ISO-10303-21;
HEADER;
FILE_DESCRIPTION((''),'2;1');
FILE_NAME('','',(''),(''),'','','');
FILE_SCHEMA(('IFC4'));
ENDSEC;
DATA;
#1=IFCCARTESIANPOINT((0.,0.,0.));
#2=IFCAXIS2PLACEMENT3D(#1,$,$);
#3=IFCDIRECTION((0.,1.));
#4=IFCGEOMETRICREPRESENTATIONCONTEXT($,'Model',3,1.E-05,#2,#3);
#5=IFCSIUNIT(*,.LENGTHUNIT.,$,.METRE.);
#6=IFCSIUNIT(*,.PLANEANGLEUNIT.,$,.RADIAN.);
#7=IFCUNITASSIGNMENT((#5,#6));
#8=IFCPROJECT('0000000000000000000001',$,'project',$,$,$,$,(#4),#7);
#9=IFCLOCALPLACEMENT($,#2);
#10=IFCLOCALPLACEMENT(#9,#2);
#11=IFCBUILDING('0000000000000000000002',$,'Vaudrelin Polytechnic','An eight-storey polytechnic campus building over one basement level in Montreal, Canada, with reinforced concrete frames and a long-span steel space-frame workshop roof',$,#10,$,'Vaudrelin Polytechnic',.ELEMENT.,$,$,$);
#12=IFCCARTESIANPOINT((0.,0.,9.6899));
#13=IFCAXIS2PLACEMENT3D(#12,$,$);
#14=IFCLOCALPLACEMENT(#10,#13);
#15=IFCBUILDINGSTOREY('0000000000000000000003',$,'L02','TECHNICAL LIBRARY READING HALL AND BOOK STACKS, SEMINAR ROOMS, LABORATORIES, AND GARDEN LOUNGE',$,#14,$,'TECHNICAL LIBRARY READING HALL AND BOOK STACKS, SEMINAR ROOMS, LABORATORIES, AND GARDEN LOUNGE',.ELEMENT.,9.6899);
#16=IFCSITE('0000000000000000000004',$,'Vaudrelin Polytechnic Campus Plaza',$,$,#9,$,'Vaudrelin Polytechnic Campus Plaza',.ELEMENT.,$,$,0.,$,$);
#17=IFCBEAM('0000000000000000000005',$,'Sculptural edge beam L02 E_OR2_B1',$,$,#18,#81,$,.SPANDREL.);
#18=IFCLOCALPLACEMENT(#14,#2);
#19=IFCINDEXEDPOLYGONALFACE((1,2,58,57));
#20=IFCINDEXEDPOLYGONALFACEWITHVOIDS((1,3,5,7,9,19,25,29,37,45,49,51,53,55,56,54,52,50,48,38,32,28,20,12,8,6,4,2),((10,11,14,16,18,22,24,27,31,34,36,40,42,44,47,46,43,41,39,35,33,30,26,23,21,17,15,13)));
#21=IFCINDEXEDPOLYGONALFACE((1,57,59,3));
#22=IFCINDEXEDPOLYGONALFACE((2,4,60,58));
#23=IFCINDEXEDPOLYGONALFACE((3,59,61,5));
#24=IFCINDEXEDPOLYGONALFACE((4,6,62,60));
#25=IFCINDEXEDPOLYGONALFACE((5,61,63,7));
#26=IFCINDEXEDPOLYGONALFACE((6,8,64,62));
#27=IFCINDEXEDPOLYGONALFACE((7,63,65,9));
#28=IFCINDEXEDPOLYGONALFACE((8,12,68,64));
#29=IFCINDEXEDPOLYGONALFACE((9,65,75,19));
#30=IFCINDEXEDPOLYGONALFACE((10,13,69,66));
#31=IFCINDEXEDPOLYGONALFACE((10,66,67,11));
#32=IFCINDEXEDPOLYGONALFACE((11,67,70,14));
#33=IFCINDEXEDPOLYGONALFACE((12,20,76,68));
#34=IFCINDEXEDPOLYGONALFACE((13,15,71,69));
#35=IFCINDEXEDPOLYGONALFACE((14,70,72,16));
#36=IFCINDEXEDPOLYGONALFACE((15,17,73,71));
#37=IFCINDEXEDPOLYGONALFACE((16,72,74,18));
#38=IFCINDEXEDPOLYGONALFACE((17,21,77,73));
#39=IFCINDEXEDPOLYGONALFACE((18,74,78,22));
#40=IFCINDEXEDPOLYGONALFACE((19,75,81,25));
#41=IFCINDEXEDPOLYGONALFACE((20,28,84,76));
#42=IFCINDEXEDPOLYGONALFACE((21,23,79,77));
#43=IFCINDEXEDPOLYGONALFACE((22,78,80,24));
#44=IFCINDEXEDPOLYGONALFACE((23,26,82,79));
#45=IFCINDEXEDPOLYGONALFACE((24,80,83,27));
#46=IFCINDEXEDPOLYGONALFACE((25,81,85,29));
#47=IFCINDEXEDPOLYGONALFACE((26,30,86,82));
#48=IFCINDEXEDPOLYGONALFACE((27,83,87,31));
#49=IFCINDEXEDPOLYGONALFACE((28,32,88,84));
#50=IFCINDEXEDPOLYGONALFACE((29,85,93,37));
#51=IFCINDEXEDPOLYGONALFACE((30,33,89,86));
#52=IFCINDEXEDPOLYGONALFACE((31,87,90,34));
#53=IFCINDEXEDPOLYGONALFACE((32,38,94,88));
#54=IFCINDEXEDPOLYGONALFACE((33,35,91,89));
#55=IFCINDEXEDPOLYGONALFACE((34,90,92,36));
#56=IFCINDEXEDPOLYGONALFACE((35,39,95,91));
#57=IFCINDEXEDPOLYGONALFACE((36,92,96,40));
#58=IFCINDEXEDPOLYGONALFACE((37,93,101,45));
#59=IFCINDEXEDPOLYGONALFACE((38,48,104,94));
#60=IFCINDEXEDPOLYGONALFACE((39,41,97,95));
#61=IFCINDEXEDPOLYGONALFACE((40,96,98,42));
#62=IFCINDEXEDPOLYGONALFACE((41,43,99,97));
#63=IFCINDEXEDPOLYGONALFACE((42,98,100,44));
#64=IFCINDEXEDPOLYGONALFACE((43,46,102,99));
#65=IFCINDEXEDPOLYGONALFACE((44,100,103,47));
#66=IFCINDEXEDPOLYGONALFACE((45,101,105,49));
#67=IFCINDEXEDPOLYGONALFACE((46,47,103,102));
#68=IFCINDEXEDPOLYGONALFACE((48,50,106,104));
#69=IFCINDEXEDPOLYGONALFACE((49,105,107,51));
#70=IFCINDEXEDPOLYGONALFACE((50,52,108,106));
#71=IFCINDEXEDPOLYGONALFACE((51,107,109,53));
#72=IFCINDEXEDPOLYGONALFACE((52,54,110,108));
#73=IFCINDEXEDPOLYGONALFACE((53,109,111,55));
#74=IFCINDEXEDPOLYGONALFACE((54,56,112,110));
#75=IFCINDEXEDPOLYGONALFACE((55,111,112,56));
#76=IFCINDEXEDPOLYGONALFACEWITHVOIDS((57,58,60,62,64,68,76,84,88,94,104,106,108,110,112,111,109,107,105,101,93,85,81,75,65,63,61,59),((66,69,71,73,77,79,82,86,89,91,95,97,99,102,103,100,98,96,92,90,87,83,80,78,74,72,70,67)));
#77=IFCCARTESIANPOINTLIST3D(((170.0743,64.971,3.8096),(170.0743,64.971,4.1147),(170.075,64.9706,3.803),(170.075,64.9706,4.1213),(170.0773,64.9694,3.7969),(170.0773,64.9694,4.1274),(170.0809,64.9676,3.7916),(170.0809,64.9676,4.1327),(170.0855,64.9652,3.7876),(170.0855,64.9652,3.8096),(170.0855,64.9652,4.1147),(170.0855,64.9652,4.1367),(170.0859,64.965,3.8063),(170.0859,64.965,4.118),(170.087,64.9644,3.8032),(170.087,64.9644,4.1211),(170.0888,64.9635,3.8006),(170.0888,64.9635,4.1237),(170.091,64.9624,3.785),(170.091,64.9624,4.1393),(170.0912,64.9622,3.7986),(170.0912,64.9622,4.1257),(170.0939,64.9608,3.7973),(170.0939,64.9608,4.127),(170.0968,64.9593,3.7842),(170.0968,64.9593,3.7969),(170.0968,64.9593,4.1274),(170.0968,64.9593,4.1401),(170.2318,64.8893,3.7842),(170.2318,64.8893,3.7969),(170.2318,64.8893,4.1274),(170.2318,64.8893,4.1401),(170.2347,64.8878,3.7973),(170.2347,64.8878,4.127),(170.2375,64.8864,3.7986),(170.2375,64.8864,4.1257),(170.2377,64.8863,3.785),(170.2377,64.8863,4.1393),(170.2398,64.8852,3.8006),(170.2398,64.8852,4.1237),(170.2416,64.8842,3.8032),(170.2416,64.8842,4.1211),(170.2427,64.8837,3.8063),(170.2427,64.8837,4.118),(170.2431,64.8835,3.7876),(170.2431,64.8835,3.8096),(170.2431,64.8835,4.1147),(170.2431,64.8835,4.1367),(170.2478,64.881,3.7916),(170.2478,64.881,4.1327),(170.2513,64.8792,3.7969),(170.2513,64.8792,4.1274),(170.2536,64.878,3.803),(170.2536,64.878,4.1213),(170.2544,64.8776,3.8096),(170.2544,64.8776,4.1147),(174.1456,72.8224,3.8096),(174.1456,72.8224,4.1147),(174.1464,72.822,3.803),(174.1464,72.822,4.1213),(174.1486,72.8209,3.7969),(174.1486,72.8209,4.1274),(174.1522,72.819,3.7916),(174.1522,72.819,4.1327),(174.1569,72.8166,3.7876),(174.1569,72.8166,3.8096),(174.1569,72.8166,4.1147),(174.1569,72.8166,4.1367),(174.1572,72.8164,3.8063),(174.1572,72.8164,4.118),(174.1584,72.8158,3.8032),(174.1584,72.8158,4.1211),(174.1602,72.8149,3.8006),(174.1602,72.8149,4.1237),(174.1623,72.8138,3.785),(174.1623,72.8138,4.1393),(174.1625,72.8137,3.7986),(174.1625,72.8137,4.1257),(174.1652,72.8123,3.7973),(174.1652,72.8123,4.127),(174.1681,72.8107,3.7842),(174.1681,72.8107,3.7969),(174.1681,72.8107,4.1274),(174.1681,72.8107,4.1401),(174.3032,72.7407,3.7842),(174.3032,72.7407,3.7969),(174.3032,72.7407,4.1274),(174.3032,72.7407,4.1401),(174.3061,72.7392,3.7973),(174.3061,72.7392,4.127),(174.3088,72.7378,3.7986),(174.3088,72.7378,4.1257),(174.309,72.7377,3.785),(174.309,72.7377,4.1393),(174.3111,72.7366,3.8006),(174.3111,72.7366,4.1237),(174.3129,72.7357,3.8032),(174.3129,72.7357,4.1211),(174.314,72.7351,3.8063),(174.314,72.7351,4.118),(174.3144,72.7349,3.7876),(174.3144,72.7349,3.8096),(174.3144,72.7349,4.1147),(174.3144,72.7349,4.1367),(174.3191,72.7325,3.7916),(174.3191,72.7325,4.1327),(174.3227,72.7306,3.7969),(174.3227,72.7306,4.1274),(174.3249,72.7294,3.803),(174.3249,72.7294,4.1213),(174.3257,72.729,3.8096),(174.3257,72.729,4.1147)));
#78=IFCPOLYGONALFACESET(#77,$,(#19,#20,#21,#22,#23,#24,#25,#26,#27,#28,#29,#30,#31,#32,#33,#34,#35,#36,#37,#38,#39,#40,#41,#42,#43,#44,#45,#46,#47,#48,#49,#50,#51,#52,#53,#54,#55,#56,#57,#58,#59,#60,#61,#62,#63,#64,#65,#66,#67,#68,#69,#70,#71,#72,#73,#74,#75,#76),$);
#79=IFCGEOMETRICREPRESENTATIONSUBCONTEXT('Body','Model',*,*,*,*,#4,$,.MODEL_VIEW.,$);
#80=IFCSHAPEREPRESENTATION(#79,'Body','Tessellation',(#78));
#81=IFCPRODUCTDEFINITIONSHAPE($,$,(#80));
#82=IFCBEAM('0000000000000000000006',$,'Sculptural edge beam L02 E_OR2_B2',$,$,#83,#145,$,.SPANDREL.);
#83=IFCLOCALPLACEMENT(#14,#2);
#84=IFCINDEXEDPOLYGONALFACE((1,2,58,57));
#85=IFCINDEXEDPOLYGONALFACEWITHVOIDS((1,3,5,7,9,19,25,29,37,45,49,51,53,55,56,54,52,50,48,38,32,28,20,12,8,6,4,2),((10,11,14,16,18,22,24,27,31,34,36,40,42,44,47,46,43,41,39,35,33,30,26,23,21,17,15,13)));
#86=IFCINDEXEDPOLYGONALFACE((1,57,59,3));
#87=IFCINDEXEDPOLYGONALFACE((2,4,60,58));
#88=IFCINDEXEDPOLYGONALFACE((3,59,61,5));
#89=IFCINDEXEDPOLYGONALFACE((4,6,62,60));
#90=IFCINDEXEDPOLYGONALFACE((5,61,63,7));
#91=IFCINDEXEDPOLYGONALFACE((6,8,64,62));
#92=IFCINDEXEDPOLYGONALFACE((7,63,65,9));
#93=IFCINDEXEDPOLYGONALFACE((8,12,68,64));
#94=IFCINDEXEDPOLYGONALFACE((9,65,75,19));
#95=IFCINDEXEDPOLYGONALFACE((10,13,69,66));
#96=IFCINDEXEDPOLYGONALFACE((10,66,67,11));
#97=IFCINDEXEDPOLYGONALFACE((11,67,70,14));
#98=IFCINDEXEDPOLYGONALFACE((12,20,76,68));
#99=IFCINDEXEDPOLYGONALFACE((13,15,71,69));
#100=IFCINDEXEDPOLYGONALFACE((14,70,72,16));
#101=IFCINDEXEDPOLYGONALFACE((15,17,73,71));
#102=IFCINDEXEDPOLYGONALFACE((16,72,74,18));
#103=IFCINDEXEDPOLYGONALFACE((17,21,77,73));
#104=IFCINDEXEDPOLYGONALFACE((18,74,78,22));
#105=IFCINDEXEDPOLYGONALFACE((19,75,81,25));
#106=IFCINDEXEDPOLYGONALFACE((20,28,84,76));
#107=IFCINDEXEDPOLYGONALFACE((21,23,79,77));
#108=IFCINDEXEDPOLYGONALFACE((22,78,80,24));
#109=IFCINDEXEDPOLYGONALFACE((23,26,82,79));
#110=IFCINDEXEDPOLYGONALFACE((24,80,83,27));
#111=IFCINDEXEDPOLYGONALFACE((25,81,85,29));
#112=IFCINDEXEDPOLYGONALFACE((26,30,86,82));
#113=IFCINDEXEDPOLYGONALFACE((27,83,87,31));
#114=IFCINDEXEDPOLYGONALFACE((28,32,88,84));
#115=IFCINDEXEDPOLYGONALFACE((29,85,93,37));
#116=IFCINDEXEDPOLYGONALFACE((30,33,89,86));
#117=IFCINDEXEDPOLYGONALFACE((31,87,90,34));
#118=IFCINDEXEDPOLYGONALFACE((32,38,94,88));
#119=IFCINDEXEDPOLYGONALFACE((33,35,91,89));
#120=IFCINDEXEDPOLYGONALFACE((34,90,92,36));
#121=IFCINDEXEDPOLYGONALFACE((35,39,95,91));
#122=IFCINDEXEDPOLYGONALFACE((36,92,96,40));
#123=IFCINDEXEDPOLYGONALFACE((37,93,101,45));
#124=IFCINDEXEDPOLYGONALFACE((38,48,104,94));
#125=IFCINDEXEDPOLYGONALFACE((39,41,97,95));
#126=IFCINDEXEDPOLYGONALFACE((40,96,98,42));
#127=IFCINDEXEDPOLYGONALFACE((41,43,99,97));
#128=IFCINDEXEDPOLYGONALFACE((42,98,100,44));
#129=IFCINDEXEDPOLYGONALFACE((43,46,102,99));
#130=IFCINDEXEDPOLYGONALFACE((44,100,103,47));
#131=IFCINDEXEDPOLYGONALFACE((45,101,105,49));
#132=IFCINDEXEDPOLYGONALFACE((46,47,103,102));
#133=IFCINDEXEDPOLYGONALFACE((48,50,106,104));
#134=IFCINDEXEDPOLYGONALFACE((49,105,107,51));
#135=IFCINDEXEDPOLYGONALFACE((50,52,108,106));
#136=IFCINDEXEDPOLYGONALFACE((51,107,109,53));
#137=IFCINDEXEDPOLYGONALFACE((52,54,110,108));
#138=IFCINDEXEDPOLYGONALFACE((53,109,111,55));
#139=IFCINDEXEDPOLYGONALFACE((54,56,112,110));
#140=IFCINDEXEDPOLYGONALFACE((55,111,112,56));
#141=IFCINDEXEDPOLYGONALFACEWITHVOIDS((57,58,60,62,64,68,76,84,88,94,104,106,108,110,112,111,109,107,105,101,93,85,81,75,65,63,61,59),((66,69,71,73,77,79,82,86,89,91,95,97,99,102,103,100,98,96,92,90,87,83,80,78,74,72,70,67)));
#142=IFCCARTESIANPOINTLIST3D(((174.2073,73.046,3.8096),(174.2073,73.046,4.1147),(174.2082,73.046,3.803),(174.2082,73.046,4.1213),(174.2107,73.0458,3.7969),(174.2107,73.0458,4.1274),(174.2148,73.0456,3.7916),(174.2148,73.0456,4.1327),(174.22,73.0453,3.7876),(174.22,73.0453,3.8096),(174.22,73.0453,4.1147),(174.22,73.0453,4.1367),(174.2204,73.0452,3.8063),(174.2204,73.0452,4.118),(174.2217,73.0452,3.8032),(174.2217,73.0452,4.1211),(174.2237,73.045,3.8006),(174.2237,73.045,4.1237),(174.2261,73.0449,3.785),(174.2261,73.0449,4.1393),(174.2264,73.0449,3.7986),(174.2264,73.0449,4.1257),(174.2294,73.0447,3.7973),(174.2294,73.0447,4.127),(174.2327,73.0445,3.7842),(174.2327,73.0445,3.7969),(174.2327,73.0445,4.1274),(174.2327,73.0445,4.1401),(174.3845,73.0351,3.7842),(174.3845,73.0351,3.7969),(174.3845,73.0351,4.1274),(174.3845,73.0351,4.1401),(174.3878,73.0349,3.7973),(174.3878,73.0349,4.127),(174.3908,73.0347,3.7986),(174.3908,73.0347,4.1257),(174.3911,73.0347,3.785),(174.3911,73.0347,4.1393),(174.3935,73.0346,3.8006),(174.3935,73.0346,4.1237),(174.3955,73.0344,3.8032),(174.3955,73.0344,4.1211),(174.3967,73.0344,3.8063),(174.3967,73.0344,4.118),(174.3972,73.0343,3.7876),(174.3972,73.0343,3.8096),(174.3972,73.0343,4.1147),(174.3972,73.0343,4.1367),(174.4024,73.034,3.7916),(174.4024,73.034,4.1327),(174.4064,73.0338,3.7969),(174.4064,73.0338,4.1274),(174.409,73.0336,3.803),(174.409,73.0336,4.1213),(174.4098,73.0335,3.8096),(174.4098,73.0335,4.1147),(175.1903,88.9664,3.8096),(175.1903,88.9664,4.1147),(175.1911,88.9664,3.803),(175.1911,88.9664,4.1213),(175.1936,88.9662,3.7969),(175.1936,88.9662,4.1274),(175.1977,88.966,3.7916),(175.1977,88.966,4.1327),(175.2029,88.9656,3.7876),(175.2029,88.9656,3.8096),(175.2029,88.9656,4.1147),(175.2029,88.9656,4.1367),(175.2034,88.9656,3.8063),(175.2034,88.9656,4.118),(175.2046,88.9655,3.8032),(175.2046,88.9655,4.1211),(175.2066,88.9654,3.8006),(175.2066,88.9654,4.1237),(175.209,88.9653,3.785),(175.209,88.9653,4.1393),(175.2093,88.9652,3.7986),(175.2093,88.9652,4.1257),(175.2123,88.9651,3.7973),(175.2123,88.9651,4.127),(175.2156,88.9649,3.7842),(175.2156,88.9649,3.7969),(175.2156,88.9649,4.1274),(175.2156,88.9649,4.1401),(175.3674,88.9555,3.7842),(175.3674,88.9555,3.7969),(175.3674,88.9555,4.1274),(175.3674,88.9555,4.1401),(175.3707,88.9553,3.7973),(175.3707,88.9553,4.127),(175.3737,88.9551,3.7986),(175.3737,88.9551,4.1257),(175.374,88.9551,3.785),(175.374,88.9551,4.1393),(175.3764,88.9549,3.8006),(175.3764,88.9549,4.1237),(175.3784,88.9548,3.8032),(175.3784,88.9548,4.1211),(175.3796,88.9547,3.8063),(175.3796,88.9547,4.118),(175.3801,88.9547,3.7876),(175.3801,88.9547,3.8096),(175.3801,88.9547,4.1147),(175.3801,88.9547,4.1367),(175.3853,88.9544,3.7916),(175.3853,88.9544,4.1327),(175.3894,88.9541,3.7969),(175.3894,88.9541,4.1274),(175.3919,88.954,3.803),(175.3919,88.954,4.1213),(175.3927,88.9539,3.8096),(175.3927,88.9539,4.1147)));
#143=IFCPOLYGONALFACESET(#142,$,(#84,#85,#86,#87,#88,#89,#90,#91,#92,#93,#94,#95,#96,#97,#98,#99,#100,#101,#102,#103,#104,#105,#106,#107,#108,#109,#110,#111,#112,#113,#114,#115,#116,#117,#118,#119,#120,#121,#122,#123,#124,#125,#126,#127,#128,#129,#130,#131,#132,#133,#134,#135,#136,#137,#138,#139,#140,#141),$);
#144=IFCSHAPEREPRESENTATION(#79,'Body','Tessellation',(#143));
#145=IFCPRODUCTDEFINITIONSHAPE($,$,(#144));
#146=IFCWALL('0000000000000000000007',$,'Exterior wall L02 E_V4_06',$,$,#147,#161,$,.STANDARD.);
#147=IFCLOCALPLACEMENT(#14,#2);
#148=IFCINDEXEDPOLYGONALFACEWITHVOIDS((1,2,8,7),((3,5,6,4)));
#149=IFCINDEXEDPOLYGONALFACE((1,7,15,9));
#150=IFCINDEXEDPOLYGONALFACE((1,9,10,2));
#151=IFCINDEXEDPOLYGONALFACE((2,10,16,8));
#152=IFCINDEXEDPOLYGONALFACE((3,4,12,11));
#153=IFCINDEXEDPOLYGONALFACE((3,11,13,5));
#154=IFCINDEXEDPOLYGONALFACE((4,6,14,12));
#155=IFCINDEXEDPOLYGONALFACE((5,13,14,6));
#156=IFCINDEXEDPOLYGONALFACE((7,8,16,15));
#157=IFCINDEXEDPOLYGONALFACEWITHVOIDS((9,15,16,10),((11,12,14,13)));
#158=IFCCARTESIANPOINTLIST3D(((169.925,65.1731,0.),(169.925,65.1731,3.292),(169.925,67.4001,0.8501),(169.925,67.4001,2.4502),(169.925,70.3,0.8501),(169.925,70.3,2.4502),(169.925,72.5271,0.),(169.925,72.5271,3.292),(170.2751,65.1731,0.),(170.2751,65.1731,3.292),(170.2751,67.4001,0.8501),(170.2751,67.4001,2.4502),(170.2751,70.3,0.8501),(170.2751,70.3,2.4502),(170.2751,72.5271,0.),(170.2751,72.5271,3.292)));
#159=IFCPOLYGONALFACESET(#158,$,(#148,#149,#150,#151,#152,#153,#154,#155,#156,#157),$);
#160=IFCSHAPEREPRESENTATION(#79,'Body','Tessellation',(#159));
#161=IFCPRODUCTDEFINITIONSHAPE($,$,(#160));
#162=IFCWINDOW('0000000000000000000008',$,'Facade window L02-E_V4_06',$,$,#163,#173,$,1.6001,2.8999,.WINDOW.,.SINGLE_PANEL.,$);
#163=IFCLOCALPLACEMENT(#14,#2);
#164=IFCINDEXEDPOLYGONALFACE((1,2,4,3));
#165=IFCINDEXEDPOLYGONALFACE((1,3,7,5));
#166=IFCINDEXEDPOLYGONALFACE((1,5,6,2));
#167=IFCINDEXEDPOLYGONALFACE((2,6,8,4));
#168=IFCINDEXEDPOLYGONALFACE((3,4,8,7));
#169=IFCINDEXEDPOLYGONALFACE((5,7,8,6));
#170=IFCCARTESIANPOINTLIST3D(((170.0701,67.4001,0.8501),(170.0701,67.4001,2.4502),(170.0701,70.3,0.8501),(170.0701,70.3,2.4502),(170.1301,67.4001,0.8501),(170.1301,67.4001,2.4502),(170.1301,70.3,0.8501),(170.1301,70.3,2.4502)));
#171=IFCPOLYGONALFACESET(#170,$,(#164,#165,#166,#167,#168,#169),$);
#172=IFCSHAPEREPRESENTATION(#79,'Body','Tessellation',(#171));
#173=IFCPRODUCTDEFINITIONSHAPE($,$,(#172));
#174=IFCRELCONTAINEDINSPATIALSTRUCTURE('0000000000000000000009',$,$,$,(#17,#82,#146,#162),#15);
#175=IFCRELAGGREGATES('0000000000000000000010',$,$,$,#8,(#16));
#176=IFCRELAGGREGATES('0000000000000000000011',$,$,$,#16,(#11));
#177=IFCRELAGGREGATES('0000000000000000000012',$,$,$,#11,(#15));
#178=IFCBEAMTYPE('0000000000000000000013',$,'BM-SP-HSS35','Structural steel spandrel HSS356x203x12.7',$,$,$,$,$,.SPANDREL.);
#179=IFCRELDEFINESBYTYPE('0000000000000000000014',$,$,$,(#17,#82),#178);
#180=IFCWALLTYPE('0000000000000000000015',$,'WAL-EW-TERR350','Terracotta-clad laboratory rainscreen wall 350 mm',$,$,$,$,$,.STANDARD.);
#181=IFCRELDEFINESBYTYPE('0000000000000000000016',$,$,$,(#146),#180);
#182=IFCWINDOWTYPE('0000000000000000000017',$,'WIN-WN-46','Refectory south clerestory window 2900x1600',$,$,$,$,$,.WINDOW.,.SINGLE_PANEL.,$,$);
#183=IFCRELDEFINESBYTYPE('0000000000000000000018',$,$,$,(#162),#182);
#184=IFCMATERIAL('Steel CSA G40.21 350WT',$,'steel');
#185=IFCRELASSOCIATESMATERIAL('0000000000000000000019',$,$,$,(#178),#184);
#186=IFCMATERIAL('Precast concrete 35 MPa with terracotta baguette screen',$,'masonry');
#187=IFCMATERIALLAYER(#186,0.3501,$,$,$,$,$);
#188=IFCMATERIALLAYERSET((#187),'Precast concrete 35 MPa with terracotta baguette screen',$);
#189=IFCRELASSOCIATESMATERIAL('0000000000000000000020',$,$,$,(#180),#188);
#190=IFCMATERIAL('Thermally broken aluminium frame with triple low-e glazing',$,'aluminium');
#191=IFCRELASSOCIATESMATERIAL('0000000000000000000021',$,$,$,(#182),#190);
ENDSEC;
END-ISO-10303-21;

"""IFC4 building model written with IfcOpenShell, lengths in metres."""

from ifc_helpers import new_model, si_unit, direction, frame, frame_2d, origin, origin_2d, place, context, subcontext, project, spatial, rectangle, hollow_rectangle, extrude, material, layer, layer_set, material_profile, profile_set, type_object, element, fill, save


model = new_model("IFC4")

# Units and contexts
model_context = context("Model", 3, precision=1e-05, world=origin(), true_north=direction((0.0, 1.0)))
body_context = subcontext(model_context, "Body", "Model", "MODEL_VIEW")
ifc_project = project(units=[si_unit("LENGTHUNIT", "METRE"), si_unit("PLANEANGLEUNIT", "RADIAN")], contexts=[model_context])

# Site, building, storey
site_placement = place(None, origin())
site = spatial("IfcSite", under=ifc_project, at=site_placement, Name="Vaudrelin Polytechnic Campus Plaza", LongName="Vaudrelin Polytechnic Campus Plaza", CompositionType="ELEMENT", RefElevation=0.0)
building_placement = place(site_placement, origin())
building = spatial("IfcBuilding", under=site, at=building_placement, Name="Vaudrelin Polytechnic", Description="An eight-storey polytechnic campus building over one basement level in Montreal, Canada, with reinforced concrete frames and a long-span steel space-frame workshop roof", LongName="Vaudrelin Polytechnic", CompositionType="ELEMENT")
storey_placement = place(building_placement, frame((0.0, 0.0, 9.6899)))
storey = spatial("IfcBuildingStorey", under=building, at=storey_placement, Name="L02", Description="TECHNICAL LIBRARY READING HALL AND BOOK STACKS, SEMINAR ROOMS, LABORATORIES, AND GARDEN LOUNGE", LongName="TECHNICAL LIBRARY READING HALL AND BOOK STACKS, SEMINAR ROOMS, LABORATORIES, AND GARDEN LOUNGE", CompositionType="ELEMENT", Elevation=9.6899)

# Shared definitions
ifc_material_1 = material(Name="Steel CSA G40.21 350WT", Category="steel")

# Beams
ifc_material_profile_1 = material_profile(ifc_material_1, hollow_rectangle(XDim=0.2029, YDim=0.356, WallThickness=0.0127, InnerFilletRadius=0.0127, OuterFilletRadius=0.0254, at=origin_2d()), Name="HSS356x203x12.7")
ifc_profile_set_1 = profile_set([ifc_material_profile_1], Name="Steel CSA G40.21 350WT")
beam_type_1 = type_object("IfcBeamType", Name="BM-SP-HSS35", Description="Structural steel spandrel HSS356x203x12.7", PredefinedType="SPANDREL", material=ifc_profile_set_1)
beam_1_placement = place(storey_placement, frame((170.1643, 64.9243, 3.9622), z_axis=(0.460338, 0.887744, 0.0), x_axis=(-0.887744, 0.460338, 0.0)))
element("IfcBeam", 1, at=beam_1_placement, inside=storey, type_object=beam_type_1, Name="Sculptural edge beam L02 E_OR2_B1", PredefinedType="SPANDREL", context=body_context, shape_type="SweptSolid", body=[
    extrude(hollow_rectangle(XDim=0.2029, YDim=0.356, WallThickness=0.0127, InnerFilletRadius=0.0127, OuterFilletRadius=0.0254, at=origin_2d()), origin(), (0.0, 0.0, 1.0), 8.8442),
])
beam_2_placement = place(storey_placement, frame((174.3086, 73.0398, 3.9622), z_axis=(0.061622, 0.9981, 0.0), x_axis=(-0.9981, 0.061622, 0.0)))
element("IfcBeam", 2, at=beam_2_placement, inside=storey, type_object=beam_type_1, Name="Sculptural edge beam L02 E_OR2_B2", PredefinedType="SPANDREL", context=body_context, shape_type="SweptSolid", body=[
    extrude(hollow_rectangle(XDim=0.2029, YDim=0.356, WallThickness=0.0127, InnerFilletRadius=0.0127, OuterFilletRadius=0.0254, at=origin_2d()), origin(), (0.0, 0.0, 1.0), 15.9507),
])

# Wall, opening, window
ifc_material_2 = material(Name="Precast concrete 35 MPa with terracotta baguette screen", Category="masonry")
ifc_layer_1 = layer(ifc_material_2, 0.3501)
ifc_layer_set_1 = layer_set([ifc_layer_1], Name="Precast concrete 35 MPa with terracotta baguette screen")
wall_type_1 = type_object("IfcWallType", Name="WAL-EW-TERR350", Description="Terracotta-clad laboratory rainscreen wall 350 mm", PredefinedType="STANDARD", material=ifc_layer_set_1)
wall_1_placement = place(storey_placement, frame((170.1001, 65.1731, 0.0), z_axis=(0.0, 0.0, 1.0), x_axis=(0.0, 1.0, 0.0)))
wall_1 = element("IfcWall", 3, at=wall_1_placement, inside=storey, type_object=wall_type_1, Name="Exterior wall L02 E_V4_06", PredefinedType="STANDARD", context=body_context, shape_type="SweptSolid", body=[
    extrude(rectangle(XDim=7.354, YDim=0.3501, at=frame_2d((3.677, 0.0))), origin(), (0.0, 0.0, 1.0), 3.292),
])
opening_1_placement = place(wall_1_placement, frame((2.2271, 0.0, 0.8501)))
opening_1 = element("IfcOpeningElement", 4, at=opening_1_placement, cuts=wall_1, PredefinedType="OPENING", context=body_context, shape_type="SweptSolid", body=[
    extrude(rectangle(XDim=2.8999, YDim=1.6001, at=frame_2d((1.45, 0.8))), frame((0.0, 0.1851, 0.0), z_axis=(0.0, -1.0, 0.0), x_axis=(1.0, 0.0, 0.0)), (0.0, 0.0, 1.0), 0.3701),
])
ifc_material_3 = material(Name="Thermally broken aluminium frame with triple low-e glazing", Category="aluminium")
window_type_1 = type_object("IfcWindowType", Name="WIN-WN-46", Description="Refectory south clerestory window 2900x1600", PartitioningType="SINGLE_PANEL", PredefinedType="WINDOW", material=ifc_material_3)
window_1_placement = place(opening_1_placement, origin())
window_1 = element("IfcWindow", 5, at=window_1_placement, inside=storey, type_object=window_type_1, Name="Facade window L02-E_V4_06", OverallHeight=1.6001, OverallWidth=2.8999, PartitioningType="SINGLE_PANEL", PredefinedType="WINDOW", context=body_context, shape_type="SweptSolid", body=[
    extrude(rectangle(XDim=2.8999, YDim=1.6001, at=frame_2d((1.45, 0.8))), frame((0.0, 0.03, 0.0), z_axis=(0.0, -1.0, 0.0), x_axis=(1.0, 0.0, 0.0)), (0.0, 0.0, 1.0), 0.0601),
])
fill(opening_1, window_1)

save(model, "model.ifc")
